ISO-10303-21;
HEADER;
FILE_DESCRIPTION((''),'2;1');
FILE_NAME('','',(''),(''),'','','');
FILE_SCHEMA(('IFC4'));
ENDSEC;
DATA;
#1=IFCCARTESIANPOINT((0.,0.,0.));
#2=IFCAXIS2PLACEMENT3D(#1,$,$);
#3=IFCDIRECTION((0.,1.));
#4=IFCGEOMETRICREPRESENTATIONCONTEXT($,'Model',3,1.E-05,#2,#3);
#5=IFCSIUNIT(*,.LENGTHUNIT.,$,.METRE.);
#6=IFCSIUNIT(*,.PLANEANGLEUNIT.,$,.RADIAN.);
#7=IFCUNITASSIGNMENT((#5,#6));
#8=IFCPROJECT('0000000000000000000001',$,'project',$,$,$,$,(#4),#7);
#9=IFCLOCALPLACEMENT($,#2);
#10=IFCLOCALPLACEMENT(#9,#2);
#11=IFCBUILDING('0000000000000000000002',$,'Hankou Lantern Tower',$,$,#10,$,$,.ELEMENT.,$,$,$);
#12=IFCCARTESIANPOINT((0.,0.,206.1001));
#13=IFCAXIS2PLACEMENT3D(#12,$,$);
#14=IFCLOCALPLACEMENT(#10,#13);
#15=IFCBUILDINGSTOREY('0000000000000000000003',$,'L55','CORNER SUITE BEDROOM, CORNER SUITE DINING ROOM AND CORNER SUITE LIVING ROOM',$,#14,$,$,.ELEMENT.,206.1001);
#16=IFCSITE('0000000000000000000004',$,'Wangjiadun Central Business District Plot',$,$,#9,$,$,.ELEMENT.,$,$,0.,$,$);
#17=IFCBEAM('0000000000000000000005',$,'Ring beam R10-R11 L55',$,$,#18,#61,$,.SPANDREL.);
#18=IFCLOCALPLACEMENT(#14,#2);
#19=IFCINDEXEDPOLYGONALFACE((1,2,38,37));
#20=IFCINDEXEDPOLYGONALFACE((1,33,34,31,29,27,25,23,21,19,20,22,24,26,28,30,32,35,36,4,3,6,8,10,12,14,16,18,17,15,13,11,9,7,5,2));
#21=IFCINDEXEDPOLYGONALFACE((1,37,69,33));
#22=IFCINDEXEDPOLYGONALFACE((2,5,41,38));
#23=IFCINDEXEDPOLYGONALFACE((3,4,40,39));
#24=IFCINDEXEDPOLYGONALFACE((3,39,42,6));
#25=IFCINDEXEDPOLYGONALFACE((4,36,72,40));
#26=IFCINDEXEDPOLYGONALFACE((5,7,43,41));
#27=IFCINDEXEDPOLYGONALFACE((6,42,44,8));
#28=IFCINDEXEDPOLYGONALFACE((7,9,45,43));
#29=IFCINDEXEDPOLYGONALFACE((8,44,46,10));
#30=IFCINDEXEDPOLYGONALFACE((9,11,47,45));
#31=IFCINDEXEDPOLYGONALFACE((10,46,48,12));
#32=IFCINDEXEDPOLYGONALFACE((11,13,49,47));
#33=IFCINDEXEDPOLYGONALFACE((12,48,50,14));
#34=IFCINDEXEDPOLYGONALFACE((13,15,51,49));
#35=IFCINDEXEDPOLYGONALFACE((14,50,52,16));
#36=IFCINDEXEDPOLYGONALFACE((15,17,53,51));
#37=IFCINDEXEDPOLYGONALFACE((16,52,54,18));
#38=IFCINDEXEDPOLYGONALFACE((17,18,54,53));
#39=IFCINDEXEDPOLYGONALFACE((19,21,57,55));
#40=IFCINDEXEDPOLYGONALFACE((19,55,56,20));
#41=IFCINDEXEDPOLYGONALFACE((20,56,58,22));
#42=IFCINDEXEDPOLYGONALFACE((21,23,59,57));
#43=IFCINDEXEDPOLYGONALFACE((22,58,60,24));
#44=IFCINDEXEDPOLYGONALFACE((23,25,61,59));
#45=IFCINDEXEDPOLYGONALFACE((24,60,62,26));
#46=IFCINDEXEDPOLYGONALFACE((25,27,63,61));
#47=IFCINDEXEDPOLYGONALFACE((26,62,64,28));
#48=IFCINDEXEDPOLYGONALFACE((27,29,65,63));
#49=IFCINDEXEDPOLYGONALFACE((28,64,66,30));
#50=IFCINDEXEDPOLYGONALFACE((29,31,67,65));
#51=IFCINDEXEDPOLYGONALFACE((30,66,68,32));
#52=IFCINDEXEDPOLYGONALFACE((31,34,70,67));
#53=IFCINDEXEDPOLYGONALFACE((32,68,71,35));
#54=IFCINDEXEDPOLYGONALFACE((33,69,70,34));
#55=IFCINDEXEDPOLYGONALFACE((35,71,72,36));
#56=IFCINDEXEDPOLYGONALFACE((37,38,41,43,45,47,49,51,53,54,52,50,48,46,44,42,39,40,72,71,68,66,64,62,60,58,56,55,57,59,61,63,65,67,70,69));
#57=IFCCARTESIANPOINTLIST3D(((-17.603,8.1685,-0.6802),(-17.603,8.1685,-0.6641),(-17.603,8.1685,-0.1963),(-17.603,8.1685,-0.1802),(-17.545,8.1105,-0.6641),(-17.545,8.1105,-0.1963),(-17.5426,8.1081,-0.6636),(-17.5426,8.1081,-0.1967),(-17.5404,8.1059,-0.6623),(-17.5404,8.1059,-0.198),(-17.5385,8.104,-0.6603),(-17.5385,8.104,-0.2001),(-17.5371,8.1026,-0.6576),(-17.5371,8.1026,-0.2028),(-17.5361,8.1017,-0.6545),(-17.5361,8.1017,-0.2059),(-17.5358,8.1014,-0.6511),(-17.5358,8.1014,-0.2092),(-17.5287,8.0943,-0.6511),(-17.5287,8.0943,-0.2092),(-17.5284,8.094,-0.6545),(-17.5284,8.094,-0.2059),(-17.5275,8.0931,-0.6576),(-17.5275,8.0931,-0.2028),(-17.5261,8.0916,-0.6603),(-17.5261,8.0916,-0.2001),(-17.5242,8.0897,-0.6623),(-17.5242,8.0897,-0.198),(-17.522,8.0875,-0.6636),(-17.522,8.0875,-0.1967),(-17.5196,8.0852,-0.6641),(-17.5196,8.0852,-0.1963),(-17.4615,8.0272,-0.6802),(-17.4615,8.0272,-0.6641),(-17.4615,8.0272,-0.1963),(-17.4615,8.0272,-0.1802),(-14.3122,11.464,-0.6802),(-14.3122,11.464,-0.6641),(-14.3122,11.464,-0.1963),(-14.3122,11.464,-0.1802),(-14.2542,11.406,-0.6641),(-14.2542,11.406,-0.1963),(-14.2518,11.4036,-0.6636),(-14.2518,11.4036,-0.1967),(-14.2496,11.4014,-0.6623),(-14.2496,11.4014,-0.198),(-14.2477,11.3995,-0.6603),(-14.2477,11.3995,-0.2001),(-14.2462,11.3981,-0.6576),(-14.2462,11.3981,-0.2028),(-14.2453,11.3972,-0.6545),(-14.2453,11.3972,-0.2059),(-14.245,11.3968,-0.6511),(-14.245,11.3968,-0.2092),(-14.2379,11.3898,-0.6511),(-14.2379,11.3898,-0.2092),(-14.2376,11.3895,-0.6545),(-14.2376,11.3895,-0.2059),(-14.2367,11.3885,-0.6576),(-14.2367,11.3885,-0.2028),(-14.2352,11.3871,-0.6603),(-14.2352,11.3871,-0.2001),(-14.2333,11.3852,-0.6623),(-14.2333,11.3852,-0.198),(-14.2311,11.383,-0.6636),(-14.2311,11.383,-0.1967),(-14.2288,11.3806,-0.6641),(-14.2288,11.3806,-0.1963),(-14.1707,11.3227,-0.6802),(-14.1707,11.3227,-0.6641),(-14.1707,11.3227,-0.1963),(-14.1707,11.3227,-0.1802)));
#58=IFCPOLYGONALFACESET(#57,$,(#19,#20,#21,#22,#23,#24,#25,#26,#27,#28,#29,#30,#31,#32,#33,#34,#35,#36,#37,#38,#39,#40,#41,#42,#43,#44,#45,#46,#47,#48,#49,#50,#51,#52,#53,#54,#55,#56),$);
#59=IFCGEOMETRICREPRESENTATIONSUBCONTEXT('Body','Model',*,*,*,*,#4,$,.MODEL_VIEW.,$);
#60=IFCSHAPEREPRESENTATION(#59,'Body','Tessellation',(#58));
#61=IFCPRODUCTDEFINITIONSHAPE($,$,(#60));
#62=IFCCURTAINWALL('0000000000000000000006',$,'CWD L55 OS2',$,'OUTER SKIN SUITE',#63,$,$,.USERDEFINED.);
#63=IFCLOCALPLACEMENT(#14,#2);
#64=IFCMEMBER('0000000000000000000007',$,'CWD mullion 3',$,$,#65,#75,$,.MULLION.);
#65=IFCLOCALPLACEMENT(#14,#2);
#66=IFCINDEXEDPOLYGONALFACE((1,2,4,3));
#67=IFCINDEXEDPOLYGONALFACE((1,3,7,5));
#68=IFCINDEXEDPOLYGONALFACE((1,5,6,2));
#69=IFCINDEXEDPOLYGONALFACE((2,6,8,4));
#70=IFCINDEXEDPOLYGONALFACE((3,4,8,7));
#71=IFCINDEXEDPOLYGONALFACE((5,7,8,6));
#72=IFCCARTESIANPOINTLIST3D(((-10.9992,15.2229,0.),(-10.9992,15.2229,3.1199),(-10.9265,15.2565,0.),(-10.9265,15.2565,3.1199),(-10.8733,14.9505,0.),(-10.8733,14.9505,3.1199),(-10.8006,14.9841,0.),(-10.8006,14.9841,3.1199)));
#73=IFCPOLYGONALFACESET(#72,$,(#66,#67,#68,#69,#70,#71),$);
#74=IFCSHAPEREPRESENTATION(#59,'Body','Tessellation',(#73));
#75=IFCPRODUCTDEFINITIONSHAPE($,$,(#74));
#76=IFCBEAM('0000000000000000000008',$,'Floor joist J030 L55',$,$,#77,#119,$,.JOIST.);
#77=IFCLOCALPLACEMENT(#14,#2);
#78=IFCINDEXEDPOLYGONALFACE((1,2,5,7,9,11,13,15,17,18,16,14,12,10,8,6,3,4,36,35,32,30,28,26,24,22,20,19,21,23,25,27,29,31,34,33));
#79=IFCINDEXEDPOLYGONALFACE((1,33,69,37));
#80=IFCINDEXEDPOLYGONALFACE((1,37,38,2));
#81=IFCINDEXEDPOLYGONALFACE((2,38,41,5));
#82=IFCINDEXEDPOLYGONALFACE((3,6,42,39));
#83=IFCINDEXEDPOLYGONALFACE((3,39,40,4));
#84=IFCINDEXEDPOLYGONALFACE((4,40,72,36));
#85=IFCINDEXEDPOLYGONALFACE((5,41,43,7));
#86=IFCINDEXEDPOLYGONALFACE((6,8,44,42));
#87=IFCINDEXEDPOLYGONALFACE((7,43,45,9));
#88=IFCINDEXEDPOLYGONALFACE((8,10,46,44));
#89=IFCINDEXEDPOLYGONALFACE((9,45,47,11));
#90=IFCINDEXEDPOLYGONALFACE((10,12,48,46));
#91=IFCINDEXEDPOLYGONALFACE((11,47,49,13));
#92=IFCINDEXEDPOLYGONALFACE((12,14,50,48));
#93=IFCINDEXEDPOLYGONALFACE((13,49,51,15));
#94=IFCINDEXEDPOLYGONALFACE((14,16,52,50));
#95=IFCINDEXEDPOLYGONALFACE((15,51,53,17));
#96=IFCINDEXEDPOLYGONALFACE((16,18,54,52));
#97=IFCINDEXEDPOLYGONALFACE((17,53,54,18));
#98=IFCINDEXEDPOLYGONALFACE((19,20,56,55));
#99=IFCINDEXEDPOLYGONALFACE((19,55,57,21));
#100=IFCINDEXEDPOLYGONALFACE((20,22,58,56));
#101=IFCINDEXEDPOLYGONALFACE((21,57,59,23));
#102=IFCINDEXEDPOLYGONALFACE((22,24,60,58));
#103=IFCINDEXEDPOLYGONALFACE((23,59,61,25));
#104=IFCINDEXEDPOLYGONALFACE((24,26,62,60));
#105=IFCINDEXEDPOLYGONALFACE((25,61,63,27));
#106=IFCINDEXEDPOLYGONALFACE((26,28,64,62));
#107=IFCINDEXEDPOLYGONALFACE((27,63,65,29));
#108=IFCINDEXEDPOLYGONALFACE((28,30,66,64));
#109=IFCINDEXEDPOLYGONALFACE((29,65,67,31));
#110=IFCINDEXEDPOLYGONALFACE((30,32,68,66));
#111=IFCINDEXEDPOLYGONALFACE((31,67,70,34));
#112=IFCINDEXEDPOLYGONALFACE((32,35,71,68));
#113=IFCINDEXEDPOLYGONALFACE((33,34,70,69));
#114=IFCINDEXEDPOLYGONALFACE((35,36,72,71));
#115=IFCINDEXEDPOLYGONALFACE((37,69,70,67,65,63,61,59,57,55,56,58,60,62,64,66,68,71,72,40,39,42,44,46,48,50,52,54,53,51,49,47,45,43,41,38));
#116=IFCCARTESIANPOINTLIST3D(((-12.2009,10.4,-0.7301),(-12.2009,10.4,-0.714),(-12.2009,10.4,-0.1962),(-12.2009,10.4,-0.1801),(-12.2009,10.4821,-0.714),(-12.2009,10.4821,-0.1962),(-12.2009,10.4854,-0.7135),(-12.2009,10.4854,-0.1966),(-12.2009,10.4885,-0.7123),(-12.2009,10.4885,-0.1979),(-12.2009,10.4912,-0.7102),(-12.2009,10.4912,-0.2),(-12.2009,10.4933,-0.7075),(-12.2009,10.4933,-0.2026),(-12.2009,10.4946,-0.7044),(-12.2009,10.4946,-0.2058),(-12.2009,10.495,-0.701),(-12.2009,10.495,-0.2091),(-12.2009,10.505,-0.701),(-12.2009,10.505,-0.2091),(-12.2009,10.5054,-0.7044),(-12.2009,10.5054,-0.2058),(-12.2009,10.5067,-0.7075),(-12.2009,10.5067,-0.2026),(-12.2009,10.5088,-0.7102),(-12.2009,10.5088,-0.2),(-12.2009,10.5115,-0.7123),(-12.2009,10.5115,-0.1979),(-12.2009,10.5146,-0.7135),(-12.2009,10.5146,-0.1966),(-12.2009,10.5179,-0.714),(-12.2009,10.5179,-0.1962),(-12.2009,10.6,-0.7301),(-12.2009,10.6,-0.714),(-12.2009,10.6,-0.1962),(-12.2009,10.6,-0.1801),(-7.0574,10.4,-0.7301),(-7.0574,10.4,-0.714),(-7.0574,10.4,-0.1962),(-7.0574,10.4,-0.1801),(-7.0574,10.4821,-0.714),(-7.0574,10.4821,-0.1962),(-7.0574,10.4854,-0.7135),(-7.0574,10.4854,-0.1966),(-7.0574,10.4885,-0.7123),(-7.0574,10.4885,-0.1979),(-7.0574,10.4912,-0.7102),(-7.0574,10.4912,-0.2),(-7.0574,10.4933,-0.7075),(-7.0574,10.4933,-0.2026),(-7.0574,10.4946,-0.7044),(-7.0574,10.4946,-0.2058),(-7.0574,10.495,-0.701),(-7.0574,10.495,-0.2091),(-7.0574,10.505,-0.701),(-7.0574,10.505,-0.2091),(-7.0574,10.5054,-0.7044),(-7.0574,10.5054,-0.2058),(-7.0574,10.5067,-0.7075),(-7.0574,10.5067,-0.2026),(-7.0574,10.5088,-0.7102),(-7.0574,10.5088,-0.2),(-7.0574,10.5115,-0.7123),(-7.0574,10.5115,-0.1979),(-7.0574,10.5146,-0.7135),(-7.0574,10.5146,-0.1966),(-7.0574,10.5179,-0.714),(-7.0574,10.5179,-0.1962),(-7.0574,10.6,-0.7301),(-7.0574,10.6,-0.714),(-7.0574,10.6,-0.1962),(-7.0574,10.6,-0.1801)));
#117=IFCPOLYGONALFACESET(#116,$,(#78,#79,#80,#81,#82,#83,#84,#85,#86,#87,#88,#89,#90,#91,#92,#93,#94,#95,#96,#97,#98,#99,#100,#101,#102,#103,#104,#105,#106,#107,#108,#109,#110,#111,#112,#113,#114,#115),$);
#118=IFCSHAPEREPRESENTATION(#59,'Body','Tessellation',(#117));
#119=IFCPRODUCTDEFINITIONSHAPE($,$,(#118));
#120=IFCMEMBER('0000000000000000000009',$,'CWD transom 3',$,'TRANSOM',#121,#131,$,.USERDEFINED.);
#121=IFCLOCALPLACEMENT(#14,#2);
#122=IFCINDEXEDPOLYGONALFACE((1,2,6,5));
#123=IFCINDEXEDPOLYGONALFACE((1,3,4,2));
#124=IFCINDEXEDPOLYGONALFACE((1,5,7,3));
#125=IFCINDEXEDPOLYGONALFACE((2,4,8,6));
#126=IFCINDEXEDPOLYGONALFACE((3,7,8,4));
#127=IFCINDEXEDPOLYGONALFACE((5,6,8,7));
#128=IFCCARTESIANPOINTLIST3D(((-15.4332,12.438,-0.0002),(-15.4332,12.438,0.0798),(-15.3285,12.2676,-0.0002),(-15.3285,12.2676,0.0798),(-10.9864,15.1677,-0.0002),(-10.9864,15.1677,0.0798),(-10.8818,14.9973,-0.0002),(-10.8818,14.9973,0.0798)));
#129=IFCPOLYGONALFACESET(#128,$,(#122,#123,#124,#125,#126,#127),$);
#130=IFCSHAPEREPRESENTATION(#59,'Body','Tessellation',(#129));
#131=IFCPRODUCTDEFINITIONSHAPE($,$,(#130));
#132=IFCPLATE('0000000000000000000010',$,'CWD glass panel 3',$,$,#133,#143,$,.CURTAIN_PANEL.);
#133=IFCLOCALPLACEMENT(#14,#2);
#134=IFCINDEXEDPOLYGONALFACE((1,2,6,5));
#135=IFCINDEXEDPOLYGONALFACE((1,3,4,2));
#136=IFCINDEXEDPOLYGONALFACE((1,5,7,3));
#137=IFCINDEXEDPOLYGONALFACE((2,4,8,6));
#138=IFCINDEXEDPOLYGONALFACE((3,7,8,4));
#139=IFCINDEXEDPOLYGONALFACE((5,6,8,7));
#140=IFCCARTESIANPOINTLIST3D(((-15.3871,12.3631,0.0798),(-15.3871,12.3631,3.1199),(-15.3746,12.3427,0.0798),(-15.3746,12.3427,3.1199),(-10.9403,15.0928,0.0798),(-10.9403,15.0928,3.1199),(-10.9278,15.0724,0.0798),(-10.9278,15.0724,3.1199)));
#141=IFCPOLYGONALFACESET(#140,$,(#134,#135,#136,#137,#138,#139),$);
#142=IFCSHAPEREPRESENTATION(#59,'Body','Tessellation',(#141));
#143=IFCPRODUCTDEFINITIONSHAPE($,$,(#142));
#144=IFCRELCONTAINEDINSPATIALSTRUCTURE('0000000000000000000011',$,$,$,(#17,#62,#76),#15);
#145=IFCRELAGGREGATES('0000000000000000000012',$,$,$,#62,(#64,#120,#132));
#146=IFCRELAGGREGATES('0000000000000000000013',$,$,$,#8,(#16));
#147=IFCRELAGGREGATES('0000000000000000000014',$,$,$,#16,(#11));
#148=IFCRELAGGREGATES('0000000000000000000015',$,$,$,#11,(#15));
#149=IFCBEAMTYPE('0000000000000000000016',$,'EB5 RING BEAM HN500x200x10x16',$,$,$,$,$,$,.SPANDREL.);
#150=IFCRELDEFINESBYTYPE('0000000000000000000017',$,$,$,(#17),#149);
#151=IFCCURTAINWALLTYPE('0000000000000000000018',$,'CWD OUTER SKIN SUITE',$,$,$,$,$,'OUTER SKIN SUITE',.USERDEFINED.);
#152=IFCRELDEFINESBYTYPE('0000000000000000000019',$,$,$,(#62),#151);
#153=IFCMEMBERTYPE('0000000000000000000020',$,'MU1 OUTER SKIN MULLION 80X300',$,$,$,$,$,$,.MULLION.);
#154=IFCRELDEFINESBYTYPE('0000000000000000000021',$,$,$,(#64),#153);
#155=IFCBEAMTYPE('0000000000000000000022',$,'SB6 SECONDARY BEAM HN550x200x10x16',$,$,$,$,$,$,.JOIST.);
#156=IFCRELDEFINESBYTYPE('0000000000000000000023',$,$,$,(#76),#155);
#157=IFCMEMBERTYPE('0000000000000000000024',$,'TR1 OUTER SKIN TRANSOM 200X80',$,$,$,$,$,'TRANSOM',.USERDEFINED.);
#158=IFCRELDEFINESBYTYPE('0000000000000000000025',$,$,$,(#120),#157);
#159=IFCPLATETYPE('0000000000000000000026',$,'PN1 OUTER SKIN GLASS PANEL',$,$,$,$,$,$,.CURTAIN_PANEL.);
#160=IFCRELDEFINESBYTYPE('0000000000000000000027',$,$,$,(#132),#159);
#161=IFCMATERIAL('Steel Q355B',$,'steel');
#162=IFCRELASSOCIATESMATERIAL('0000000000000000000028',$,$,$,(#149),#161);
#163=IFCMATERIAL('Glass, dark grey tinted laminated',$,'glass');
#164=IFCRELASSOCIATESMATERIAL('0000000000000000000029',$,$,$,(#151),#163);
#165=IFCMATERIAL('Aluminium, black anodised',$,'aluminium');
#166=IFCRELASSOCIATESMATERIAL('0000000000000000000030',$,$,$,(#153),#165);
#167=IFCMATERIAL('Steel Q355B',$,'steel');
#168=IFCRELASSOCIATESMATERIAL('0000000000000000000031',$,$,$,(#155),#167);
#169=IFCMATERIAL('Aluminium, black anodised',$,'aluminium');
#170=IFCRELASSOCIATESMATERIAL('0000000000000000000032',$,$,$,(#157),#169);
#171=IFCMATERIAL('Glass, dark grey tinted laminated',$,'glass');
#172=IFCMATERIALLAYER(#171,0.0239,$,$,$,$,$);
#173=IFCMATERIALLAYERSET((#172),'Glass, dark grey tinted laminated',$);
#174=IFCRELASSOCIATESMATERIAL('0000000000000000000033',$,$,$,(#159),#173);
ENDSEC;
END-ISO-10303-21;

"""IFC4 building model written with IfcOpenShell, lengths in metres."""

from ifc_helpers import new_model, si_unit, direction, frame, origin, origin_2d, place, context, subcontext, project, spatial, rectangle, i_section, extrude, material, layer, layer_set, material_profile, profile_set, type_object, element, aggregate, save


model = new_model("IFC4")

# Units and contexts
model_context = context("Model", 3, precision=1e-05, world=origin(), true_north=direction((0.0, 1.0)))
body_context = subcontext(model_context, "Body", "Model", "MODEL_VIEW")
ifc_project = project(units=[si_unit("LENGTHUNIT", "METRE"), si_unit("PLANEANGLEUNIT", "RADIAN")], contexts=[model_context])

# Site, building, storey
site_placement = place(None, origin())
site = spatial("IfcSite", under=ifc_project, at=site_placement, Name="Wangjiadun Central Business District Plot", CompositionType="ELEMENT", RefElevation=0.0)
building_placement = place(site_placement, origin())
building = spatial("IfcBuilding", under=site, at=building_placement, Name="Hankou Lantern Tower", CompositionType="ELEMENT")
storey_placement = place(building_placement, frame((0.0, 0.0, 206.1001)))
storey = spatial("IfcBuildingStorey", under=building, at=storey_placement, Name="L55", Description="CORNER SUITE BEDROOM, CORNER SUITE DINING ROOM AND CORNER SUITE LIVING ROOM", CompositionType="ELEMENT", Elevation=206.1001)

# Beam
ifc_material_1 = material(Name="Steel Q355B", Category="steel")
ifc_material_profile_1 = material_profile(ifc_material_1, i_section(OverallWidth=0.2, OverallDepth=0.5, WebThickness=0.01, FlangeThickness=0.0161, FilletRadius=0.0129, at=origin_2d()), Name="HN500x200x10x16")
ifc_profile_set_1 = profile_set([ifc_material_profile_1], Name="Steel Q355B")
beam_type_1 = type_object("IfcBeamType", Name="EB5 RING BEAM HN500x200x10x16", PredefinedType="SPANDREL", material=ifc_profile_set_1)
beam_1_placement = place(storey_placement, frame((-14.2415, 11.3933, -0.4302), z_axis=(-0.706609, -0.707605, 0.0), x_axis=(0.707605, -0.706609, 0.0)))
element("IfcBeam", 1, at=beam_1_placement, inside=storey, type_object=beam_type_1, Name="Ring beam R10-R11 L55", PredefinedType="SPANDREL", context=body_context, shape_type="SweptSolid", body=[
    extrude(i_section(OverallWidth=0.2, OverallDepth=0.5, WebThickness=0.01, FlangeThickness=0.0161, FilletRadius=0.0129, at=origin_2d()), origin(), (0.0, 0.0, 1.0), 4.6572),
])

# Curtain wall, member
ifc_material_2 = material(Name="Glass, dark grey tinted laminated", Category="glass")
curtain_wall_type = type_object("IfcCurtainWallType", Name="CWD OUTER SKIN SUITE", ElementType="OUTER SKIN SUITE", PredefinedType="USERDEFINED", material=ifc_material_2)
curtain_wall_placement = place(storey_placement, origin())
curtain_wall = element("IfcCurtainWall", 2, at=curtain_wall_placement, inside=storey, type_object=curtain_wall_type, Name="CWD L55 OS2", ObjectType="OUTER SKIN SUITE", PredefinedType="USERDEFINED")
ifc_material_3 = material(Name="Aluminium, black anodised", Category="aluminium")
ifc_material_profile_2 = material_profile(ifc_material_3, rectangle(XDim=0.0801, YDim=0.3, at=origin_2d()), Name="MU1 80X300")
ifc_profile_set_2 = profile_set([ifc_material_profile_2], Name="Aluminium, black anodised")
member_type_1 = type_object("IfcMemberType", Name="MU1 OUTER SKIN MULLION 80X300", PredefinedType="MULLION", material=ifc_profile_set_2)
member_1_placement = place(storey_placement, frame((-10.8999, 15.1035, 0.0), z_axis=(0.0, 0.0, 1.0), x_axis=(-0.907841, -0.419314, 0.0)))
member_1 = element("IfcMember", 3, at=member_1_placement, type_object=member_type_1, Name="CWD mullion 3", PredefinedType="MULLION", context=body_context, shape_type="SweptSolid", body=[
    extrude(rectangle(XDim=0.0801, YDim=0.3, at=origin_2d()), origin(), (0.0, 0.0, 1.0), 3.1199),
])

# Beam
ifc_material_4 = material(Name="Steel Q355B", Category="steel")
ifc_material_profile_3 = material_profile(ifc_material_4, i_section(OverallWidth=0.2, OverallDepth=0.55, WebThickness=0.01, FlangeThickness=0.0161, FilletRadius=0.0129, at=origin_2d()), Name="HN550x200x10x16")
ifc_profile_set_3 = profile_set([ifc_material_profile_3], Name="Steel Q355B")
beam_type_2 = type_object("IfcBeamType", Name="SB6 SECONDARY BEAM HN550x200x10x16", PredefinedType="JOIST", material=ifc_profile_set_3)
beam_2_placement = place(storey_placement, frame((-12.2009, 10.5, -0.4551), z_axis=(1.0, 0.0, 0.0), x_axis=(0.0, 1.0, 0.0)))
element("IfcBeam", 4, at=beam_2_placement, inside=storey, type_object=beam_type_2, Name="Floor joist J030 L55", PredefinedType="JOIST", context=body_context, shape_type="SweptSolid", body=[
    extrude(i_section(OverallWidth=0.2, OverallDepth=0.55, WebThickness=0.01, FlangeThickness=0.0161, FilletRadius=0.0129, at=origin_2d()), origin(), (0.0, 0.0, 1.0), 5.1436),
])

# Member
ifc_material_5 = material(Name="Aluminium, black anodised", Category="aluminium")
ifc_material_profile_4 = material_profile(ifc_material_5, rectangle(XDim=0.2, YDim=0.0801, at=origin_2d()), Name="TR1 200X80")
ifc_profile_set_4 = profile_set([ifc_material_profile_4], Name="Aluminium, black anodised")
member_type_2 = type_object("IfcMemberType", Name="TR1 OUTER SKIN TRANSOM 200X80", ElementType="TRANSOM", PredefinedType="USERDEFINED", material=ifc_profile_set_4)
member_2_placement = place(storey_placement, frame((-10.9341, 15.0825, 0.0398), z_axis=(-0.852235, -0.52316, 0.0), x_axis=(0.52316, -0.852235, 0.0)))
member_2 = element("IfcMember", 5, at=member_2_placement, type_object=member_type_2, Name="CWD transom 3", ObjectType="TRANSOM", PredefinedType="USERDEFINED", context=body_context, shape_type="SweptSolid", body=[
    extrude(rectangle(XDim=0.2, YDim=0.0801, at=origin_2d()), origin(), (0.0, 0.0, 1.0), 5.2178),
])

# Plate
ifc_material_6 = material(Name="Glass, dark grey tinted laminated", Category="glass")
ifc_layer_1 = layer(ifc_material_6, 0.0239)
ifc_layer_set_1 = layer_set([ifc_layer_1], Name="Glass, dark grey tinted laminated")
plate_type = type_object("IfcPlateType", Name="PN1 OUTER SKIN GLASS PANEL", PredefinedType="CURTAIN_PANEL", material=ifc_layer_set_1)
plate_placement = place(storey_placement, frame((-13.1575, 13.7178, 0.0798), z_axis=(0.0, 0.0, 1.0), x_axis=(-0.852237, -0.523156, 0.0)))
plate = element("IfcPlate", 6, at=plate_placement, type_object=plate_type, Name="CWD glass panel 3", PredefinedType="CURTAIN_PANEL", context=body_context, shape_type="SweptSolid", body=[
    extrude(rectangle(XDim=5.2178, YDim=0.0239, at=origin_2d()), origin(), (0.0, 0.0, 1.0), 3.04),
])
aggregate(curtain_wall, [member_1, member_2, plate])

save(model, "model.ifc")
